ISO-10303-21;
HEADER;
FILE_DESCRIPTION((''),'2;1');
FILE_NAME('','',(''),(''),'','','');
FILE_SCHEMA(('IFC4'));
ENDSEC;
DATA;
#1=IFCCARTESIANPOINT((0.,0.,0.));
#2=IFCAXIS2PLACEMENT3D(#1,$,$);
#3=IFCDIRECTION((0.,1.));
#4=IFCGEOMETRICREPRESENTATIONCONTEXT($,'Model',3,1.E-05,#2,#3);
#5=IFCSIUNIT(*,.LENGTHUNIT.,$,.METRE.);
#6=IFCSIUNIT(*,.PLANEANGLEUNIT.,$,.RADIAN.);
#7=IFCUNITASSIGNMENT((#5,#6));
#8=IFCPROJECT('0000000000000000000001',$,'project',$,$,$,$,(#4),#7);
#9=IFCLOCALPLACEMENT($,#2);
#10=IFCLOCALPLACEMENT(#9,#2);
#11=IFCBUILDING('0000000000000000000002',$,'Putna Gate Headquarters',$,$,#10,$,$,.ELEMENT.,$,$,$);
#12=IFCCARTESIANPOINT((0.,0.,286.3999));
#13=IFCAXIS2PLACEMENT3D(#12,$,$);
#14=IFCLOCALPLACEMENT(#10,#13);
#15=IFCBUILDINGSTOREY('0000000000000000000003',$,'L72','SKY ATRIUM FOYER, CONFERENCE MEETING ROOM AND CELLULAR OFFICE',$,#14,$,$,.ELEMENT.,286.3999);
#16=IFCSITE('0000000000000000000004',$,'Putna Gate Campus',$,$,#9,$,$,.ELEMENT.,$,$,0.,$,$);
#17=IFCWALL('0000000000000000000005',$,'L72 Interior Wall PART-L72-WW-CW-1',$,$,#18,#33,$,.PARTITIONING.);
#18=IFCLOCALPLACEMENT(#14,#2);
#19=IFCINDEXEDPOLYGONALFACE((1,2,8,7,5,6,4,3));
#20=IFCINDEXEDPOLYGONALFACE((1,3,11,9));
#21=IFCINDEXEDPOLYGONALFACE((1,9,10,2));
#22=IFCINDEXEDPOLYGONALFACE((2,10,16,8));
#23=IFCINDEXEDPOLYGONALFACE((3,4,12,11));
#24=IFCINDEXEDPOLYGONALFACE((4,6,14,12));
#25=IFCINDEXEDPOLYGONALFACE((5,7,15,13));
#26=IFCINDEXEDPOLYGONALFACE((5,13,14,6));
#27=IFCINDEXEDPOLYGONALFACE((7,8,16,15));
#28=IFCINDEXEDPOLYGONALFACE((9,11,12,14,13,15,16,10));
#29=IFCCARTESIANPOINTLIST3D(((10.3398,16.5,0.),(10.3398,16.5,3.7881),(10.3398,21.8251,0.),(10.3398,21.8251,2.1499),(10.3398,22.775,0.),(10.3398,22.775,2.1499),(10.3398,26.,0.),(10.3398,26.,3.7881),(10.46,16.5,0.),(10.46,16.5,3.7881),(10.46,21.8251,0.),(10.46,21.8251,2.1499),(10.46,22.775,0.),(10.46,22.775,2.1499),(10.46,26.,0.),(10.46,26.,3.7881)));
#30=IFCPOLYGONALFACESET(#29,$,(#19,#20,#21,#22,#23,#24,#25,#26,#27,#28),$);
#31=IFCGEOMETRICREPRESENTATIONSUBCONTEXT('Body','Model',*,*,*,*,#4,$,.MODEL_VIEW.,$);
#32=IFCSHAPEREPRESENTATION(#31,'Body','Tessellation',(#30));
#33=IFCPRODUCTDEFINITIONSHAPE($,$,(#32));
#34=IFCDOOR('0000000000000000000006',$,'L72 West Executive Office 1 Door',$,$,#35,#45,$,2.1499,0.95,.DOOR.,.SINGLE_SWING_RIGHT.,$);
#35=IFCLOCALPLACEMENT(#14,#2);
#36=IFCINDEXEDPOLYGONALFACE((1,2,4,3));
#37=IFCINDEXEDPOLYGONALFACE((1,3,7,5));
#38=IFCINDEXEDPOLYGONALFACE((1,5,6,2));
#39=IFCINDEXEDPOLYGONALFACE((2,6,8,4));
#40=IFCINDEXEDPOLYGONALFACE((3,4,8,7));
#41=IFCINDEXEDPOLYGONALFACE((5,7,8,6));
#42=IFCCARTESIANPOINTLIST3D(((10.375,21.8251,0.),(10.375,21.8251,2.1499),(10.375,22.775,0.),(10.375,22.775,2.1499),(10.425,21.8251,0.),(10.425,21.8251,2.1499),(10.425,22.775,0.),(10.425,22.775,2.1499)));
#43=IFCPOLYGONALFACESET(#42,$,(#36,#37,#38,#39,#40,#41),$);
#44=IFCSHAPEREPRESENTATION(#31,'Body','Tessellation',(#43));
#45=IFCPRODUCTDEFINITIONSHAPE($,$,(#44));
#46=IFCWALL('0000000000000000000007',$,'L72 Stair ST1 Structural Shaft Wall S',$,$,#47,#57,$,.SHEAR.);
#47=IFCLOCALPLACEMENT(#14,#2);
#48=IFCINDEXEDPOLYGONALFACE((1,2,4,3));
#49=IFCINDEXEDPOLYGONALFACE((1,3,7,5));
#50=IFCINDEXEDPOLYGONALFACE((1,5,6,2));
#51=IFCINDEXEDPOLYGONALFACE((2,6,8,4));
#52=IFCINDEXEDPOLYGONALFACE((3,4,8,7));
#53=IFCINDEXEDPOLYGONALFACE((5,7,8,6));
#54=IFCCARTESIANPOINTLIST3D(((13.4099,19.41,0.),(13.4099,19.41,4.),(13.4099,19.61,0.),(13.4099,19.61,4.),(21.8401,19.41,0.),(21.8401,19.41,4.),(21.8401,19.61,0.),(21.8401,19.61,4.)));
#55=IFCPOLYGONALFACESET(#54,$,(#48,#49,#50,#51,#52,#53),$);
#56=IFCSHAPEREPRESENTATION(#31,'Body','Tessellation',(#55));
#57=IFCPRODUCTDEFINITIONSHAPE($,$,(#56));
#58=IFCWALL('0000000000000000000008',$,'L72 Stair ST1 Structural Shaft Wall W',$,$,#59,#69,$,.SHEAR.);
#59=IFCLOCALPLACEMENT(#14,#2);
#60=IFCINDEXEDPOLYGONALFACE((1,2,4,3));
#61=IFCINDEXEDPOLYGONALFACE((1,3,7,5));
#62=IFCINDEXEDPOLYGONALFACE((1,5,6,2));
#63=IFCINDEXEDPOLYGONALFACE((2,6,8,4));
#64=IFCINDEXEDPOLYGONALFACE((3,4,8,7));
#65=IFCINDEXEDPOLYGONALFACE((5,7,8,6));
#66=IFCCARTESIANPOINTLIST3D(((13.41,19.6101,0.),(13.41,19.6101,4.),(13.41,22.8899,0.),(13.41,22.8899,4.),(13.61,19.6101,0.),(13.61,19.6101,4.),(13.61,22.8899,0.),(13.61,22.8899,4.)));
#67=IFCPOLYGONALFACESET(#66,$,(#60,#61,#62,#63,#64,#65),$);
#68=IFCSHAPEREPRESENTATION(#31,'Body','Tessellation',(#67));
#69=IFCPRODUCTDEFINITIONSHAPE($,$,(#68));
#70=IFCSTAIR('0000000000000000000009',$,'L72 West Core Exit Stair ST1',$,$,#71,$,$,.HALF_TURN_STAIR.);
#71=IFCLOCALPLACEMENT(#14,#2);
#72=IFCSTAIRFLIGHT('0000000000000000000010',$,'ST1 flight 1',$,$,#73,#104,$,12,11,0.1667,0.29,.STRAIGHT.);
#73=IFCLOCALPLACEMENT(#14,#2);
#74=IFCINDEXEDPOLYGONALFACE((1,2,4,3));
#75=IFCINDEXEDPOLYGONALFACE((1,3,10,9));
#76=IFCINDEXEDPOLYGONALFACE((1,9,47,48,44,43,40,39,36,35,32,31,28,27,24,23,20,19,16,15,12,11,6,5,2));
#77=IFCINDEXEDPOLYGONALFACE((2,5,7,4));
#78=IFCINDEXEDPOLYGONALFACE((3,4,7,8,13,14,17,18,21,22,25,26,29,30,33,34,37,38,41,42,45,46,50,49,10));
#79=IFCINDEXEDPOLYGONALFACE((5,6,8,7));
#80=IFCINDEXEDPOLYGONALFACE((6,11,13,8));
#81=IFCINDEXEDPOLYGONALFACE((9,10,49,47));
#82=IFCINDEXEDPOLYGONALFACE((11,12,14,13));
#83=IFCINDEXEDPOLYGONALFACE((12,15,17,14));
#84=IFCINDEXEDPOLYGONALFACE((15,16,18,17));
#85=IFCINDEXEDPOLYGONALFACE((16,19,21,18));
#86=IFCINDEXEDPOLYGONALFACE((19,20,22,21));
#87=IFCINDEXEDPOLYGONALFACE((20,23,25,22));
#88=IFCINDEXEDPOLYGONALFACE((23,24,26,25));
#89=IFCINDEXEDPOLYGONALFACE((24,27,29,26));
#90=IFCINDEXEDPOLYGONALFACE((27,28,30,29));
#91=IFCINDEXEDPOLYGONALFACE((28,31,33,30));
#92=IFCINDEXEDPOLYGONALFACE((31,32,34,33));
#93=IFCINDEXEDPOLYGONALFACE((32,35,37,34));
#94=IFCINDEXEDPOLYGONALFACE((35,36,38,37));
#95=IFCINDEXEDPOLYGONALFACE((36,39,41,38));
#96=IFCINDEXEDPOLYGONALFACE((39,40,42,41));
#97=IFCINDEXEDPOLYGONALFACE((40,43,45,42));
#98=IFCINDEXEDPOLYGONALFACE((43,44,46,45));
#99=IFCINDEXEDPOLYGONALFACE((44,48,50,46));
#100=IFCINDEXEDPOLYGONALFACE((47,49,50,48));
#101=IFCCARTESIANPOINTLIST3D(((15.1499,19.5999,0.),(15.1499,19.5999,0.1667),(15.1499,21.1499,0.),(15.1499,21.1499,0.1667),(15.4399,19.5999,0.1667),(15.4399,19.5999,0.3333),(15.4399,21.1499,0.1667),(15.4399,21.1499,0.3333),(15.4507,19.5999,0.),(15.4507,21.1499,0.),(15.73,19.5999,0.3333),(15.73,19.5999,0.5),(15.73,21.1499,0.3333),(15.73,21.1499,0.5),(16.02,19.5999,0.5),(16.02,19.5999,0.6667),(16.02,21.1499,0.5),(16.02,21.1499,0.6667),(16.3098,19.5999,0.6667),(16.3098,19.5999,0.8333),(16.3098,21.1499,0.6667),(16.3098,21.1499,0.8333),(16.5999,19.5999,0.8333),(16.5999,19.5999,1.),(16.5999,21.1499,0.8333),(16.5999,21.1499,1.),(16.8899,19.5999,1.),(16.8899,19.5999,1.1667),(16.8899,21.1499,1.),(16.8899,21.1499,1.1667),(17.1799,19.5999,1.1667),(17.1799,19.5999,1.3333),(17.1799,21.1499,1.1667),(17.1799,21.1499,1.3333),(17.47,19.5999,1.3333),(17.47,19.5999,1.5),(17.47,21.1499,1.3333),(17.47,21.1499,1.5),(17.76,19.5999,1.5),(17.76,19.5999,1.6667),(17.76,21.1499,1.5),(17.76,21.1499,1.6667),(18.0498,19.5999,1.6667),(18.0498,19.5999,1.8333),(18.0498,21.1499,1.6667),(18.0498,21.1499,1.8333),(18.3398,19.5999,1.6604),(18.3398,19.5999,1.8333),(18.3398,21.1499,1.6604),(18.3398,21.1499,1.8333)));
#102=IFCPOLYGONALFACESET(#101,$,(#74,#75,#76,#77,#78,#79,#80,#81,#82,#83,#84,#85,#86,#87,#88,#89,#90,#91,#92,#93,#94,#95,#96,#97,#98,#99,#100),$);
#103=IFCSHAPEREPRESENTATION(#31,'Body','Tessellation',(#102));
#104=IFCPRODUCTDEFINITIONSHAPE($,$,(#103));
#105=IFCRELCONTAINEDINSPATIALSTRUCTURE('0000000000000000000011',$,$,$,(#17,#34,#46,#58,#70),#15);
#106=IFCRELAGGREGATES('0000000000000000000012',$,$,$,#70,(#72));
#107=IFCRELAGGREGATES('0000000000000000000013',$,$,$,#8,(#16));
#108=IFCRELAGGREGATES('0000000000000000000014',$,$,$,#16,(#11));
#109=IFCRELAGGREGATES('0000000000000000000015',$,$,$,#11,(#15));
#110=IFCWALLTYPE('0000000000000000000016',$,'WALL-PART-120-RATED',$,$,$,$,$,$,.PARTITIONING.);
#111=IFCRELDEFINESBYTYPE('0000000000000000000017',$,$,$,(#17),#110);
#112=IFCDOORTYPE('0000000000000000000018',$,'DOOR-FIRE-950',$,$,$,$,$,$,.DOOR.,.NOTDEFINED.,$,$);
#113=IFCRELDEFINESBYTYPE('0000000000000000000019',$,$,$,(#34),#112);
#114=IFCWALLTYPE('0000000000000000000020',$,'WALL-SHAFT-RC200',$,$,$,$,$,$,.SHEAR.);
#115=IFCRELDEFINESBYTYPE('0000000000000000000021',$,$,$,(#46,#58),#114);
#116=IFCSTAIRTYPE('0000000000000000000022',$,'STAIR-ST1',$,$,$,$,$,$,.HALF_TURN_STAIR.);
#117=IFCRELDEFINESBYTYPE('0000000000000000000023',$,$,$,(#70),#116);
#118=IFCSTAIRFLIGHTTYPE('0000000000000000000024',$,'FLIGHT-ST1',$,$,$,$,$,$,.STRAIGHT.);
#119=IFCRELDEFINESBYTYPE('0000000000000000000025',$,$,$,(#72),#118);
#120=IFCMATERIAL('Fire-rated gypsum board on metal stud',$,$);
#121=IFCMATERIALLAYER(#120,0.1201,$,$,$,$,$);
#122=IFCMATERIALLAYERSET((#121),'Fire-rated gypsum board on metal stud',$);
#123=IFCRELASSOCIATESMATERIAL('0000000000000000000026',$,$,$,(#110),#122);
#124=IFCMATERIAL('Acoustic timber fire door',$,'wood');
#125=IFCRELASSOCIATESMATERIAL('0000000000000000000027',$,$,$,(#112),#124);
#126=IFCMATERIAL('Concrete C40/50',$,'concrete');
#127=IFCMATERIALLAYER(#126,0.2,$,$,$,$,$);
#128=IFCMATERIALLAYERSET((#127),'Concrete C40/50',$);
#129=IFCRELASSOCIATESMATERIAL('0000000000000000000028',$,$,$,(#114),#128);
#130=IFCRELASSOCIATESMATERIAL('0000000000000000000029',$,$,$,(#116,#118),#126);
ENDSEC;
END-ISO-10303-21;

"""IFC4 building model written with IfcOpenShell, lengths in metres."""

from ifc_helpers import new_model, si_unit, direction, frame, frame_2d, origin, place, context, subcontext, project, spatial, polyline, rectangle, outline, extrude, material, layer, layer_set, type_object, element, fill, aggregate, save


model = new_model("IFC4")

# Units and contexts
model_context = context("Model", 3, precision=1e-05, world=origin(), true_north=direction((0.0, 1.0)))
body_context = subcontext(model_context, "Body", "Model", "MODEL_VIEW")
ifc_project = project(units=[si_unit("LENGTHUNIT", "METRE"), si_unit("PLANEANGLEUNIT", "RADIAN")], contexts=[model_context])

# Site, building, storey
site_placement = place(None, origin())
site = spatial("IfcSite", under=ifc_project, at=site_placement, Name="Putna Gate Campus", CompositionType="ELEMENT", RefElevation=0.0)
building_placement = place(site_placement, origin())
building = spatial("IfcBuilding", under=site, at=building_placement, Name="Putna Gate Headquarters", CompositionType="ELEMENT")
storey_placement = place(building_placement, frame((0.0, 0.0, 286.3999)))
storey = spatial("IfcBuildingStorey", under=building, at=storey_placement, Name="L72", Description="SKY ATRIUM FOYER, CONFERENCE MEETING ROOM AND CELLULAR OFFICE", CompositionType="ELEMENT", Elevation=286.3999)

# Wall, opening, door
ifc_material_1 = material(Name="Fire-rated gypsum board on metal stud")
ifc_layer_1 = layer(ifc_material_1, 0.1201)
ifc_layer_set_1 = layer_set([ifc_layer_1], Name="Fire-rated gypsum board on metal stud")
wall_type_1 = type_object("IfcWallType", Name="WALL-PART-120-RATED", PredefinedType="PARTITIONING", material=ifc_layer_set_1)
ifc_material_2 = material(Name="Acoustic timber fire door", Category="wood")
door_type_1 = type_object("IfcDoorType", Name="DOOR-FIRE-950", OperationType="NOTDEFINED", PredefinedType="DOOR", material=ifc_material_2)
wall_1_placement = place(storey_placement, frame((10.3999, 16.5, 0.0), z_axis=(0.0, 0.0, 1.0), x_axis=(0.0, 1.0, 0.0)))
wall_1 = element("IfcWall", 1, at=wall_1_placement, inside=storey, type_object=wall_type_1, Name="L72 Interior Wall PART-L72-WW-CW-1", PredefinedType="PARTITIONING", context=body_context, shape_type="SweptSolid", body=[
    extrude(rectangle(XDim=9.5, YDim=0.1201, at=frame_2d((4.75, 0.0))), origin(), (0.0, 0.0, 1.0), 3.7881),
])
opening_1_placement = place(wall_1_placement, frame((5.325, 0.0, 0.0)))
opening_1 = element("IfcOpeningElement", 2, at=opening_1_placement, cuts=wall_1, PredefinedType="OPENING", context=body_context, shape_type="SweptSolid", body=[
    extrude(rectangle(XDim=0.95, YDim=2.1499, at=frame_2d((0.4751, 1.075))), frame((0.0, 0.0701, 0.0), z_axis=(0.0, -1.0, 0.0), x_axis=(1.0, 0.0, 0.0)), (0.0, 0.0, 1.0), 0.1401),
])
door_1_placement = place(opening_1_placement, origin())
door_1 = element("IfcDoor", 3, at=door_1_placement, inside=storey, type_object=door_type_1, Name="L72 West Executive Office 1 Door", OperationType="SINGLE_SWING_RIGHT", OverallHeight=2.1499, OverallWidth=0.95, PredefinedType="DOOR", context=body_context, shape_type="SweptSolid", body=[
    extrude(rectangle(XDim=0.95, YDim=2.1499, at=frame_2d((0.4751, 1.075))), frame((0.0, 0.0249, 0.0), z_axis=(0.0, -1.0, 0.0), x_axis=(1.0, 0.0, 0.0)), (0.0, 0.0, 1.0), 0.05),
])
fill(opening_1, door_1)

# Walls
ifc_material_3 = material(Name="Concrete C40/50", Category="concrete")
ifc_layer_2 = layer(ifc_material_3, 0.2)
ifc_layer_set_2 = layer_set([ifc_layer_2], Name="Concrete C40/50")
wall_type_2 = type_object("IfcWallType", Name="WALL-SHAFT-RC200", PredefinedType="SHEAR", material=ifc_layer_set_2)
wall_2_placement = place(storey_placement, frame((13.4099, 19.51, 0.0), z_axis=(0.0, 0.0, 1.0), x_axis=(1.0, 0.0, 0.0)))
element("IfcWall", 4, at=wall_2_placement, inside=storey, type_object=wall_type_2, Name="L72 Stair ST1 Structural Shaft Wall S", PredefinedType="SHEAR", context=body_context, shape_type="SweptSolid", body=[
    extrude(rectangle(XDim=8.4302, YDim=0.2, at=frame_2d((4.2151, 0.0))), origin(), (0.0, 0.0, 1.0), 4.0),
])
wall_3_placement = place(storey_placement, frame((13.51, 19.6101, 0.0), z_axis=(0.0, 0.0, 1.0), x_axis=(0.0, 1.0, 0.0)))
element("IfcWall", 5, at=wall_3_placement, inside=storey, type_object=wall_type_2, Name="L72 Stair ST1 Structural Shaft Wall W", PredefinedType="SHEAR", context=body_context, shape_type="SweptSolid", body=[
    extrude(rectangle(XDim=3.2798, YDim=0.2, at=frame_2d((1.6399, 0.0))), origin(), (0.0, 0.0, 1.0), 4.0),
])

# Stair, stair flight
stair_type = type_object("IfcStairType", Name="STAIR-ST1", PredefinedType="HALF_TURN_STAIR", material=ifc_material_3)
stair_placement = place(storey_placement, origin())
stair = element("IfcStair", 6, at=stair_placement, inside=storey, type_object=stair_type, Name="L72 West Core Exit Stair ST1", PredefinedType="HALF_TURN_STAIR")
stair_flight_type = type_object("IfcStairFlightType", Name="FLIGHT-ST1", PredefinedType="STRAIGHT", material=ifc_material_3)
stair_flight_placement = place(storey_placement, frame((15.1499, 20.375, 0.0), z_axis=(0.0, 0.0, 1.0), x_axis=(1.0, 0.0, 0.0)))
stair_flight = element("IfcStairFlight", 7, at=stair_flight_placement, type_object=stair_flight_type, Name="ST1 flight 1", NumberOfRisers=12, NumberOfTreads=11, PredefinedType="STRAIGHT", RiserHeight=0.1667, TreadLength=0.29, context=body_context, shape_type="SweptSolid", body=[
    extrude(outline(polyline([(0.0, 0.0), (0.0, 0.1667), (0.29, 0.1667), (0.29, 0.3333), (0.5801, 0.3333), (0.5801, 0.5), (0.8701, 0.5), (0.8701, 0.6667), (1.1599, 0.6667), (1.1599, 0.8333), (1.45, 0.8333), (1.45, 1.0), (1.74, 1.0), (1.74, 1.1667), (2.03, 1.1667), (2.03, 1.3333), (2.3201, 1.3333), (2.3201, 1.5), (2.6101, 1.5), (2.6101, 1.6667), (2.8999, 1.6667), (2.8999, 1.8333), (3.1899, 1.8333), (3.1899, 2.0), (3.1899, 1.6604), (0.3008, 0.0), (0.0, 0.0)])), frame((0.0, 0.7749, 0.0), z_axis=(0.0, -1.0, 0.0), x_axis=(1.0, 0.0, 0.0)), (0.0, 0.0, 1.0), 1.55),
])
aggregate(stair, [stair_flight])

save(model, "model.ifc")
